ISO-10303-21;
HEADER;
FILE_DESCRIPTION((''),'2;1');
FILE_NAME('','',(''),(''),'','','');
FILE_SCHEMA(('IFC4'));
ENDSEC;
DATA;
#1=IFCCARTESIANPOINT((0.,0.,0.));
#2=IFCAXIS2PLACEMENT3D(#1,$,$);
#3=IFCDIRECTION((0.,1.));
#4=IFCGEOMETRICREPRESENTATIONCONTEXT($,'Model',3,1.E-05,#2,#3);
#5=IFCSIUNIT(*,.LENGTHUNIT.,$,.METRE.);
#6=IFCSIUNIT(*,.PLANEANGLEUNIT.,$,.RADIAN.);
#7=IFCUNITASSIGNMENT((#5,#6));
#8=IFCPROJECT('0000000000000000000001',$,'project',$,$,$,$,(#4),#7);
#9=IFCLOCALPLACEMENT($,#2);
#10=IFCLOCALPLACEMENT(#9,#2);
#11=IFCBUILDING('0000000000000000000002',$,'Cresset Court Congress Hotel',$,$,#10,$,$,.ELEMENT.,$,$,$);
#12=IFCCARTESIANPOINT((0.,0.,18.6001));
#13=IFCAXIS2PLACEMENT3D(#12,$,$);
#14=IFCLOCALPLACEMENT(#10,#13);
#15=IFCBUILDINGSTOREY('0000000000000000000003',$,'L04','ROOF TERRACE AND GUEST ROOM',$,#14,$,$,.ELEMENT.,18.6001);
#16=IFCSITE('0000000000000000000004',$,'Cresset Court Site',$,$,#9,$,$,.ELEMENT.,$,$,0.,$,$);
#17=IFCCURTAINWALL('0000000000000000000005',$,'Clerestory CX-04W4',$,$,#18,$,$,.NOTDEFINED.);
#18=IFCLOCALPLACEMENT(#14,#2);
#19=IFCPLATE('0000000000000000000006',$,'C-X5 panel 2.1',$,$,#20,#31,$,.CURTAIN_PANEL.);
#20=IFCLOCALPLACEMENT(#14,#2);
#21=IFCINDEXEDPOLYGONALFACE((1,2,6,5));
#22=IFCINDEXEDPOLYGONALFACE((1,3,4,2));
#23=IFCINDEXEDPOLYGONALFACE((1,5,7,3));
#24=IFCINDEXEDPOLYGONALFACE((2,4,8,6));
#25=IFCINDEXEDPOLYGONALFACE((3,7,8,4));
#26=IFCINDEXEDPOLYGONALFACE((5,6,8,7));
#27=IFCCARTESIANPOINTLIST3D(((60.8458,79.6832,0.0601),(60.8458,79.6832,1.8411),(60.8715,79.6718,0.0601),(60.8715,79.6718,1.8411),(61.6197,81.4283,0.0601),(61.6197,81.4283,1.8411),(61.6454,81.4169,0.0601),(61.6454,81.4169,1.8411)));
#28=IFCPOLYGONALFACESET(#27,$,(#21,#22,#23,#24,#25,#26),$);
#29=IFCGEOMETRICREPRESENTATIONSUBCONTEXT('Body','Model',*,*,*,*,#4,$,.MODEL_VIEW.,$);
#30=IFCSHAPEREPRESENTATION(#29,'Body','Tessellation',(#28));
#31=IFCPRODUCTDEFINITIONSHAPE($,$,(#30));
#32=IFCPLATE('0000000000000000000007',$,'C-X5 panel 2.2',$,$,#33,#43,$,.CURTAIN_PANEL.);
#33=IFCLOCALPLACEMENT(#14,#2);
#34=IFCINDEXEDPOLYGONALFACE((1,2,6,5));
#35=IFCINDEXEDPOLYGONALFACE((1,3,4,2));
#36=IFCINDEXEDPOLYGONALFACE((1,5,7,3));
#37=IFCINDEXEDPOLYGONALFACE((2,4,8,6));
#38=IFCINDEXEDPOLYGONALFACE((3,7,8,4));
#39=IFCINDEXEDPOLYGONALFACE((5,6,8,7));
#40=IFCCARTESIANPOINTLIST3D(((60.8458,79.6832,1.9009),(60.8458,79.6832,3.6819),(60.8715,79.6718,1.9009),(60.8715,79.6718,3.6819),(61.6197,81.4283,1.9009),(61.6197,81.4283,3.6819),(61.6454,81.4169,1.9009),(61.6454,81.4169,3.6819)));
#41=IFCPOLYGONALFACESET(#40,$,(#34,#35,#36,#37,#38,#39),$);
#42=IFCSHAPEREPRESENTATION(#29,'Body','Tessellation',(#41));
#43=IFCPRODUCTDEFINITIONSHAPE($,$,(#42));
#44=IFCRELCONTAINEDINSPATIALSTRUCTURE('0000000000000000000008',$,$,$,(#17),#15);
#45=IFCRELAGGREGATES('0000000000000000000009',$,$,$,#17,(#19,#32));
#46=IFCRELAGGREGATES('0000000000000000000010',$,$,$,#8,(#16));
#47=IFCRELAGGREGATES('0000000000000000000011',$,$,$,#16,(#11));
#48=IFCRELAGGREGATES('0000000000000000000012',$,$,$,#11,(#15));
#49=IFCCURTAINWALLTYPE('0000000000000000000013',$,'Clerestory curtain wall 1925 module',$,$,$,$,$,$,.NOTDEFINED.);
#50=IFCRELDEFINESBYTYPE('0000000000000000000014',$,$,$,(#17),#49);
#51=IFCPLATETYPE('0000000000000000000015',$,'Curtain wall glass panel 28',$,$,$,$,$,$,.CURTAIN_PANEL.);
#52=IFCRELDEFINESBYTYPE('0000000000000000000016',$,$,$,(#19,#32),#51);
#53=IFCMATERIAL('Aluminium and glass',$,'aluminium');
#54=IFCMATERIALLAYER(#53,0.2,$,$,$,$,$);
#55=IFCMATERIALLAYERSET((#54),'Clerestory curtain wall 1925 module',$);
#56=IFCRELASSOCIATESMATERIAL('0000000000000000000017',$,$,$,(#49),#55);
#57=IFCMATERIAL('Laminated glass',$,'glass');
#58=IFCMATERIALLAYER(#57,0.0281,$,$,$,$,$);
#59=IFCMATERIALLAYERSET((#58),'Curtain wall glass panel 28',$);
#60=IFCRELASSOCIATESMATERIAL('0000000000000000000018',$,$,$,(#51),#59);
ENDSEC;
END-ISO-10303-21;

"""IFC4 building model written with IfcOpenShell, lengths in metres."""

from ifc_helpers import new_model, si_unit, direction, frame, origin, origin_2d, place, context, subcontext, project, spatial, rectangle, extrude, material, layer, layer_set, type_object, element, aggregate, save


model = new_model("IFC4")

# Units and contexts
model_context = context("Model", 3, precision=1e-05, world=origin(), true_north=direction((0.0, 1.0)))
body_context = subcontext(model_context, "Body", "Model", "MODEL_VIEW")
ifc_project = project(units=[si_unit("LENGTHUNIT", "METRE"), si_unit("PLANEANGLEUNIT", "RADIAN")], contexts=[model_context])

# Site, building, storey
site_placement = place(None, origin())
site = spatial("IfcSite", under=ifc_project, at=site_placement, Name="Cresset Court Site", CompositionType="ELEMENT", RefElevation=0.0)
building_placement = place(site_placement, origin())
building = spatial("IfcBuilding", under=site, at=building_placement, Name="Cresset Court Congress Hotel", CompositionType="ELEMENT")
storey_placement = place(building_placement, frame((0.0, 0.0, 18.6001)))
storey = spatial("IfcBuildingStorey", under=building, at=storey_placement, Name="L04", Description="ROOF TERRACE AND GUEST ROOM", CompositionType="ELEMENT", Elevation=18.6001)

# Shared definitions
ifc_material_1 = material(Name="Aluminium and glass", Category="aluminium")
ifc_layer_1 = layer(ifc_material_1, 0.2)
ifc_layer_set_1 = layer_set([ifc_layer_1], Name="Clerestory curtain wall 1925 module")
curtain_wall_type = type_object("IfcCurtainWallType", Name="Clerestory curtain wall 1925 module", PredefinedType="NOTDEFINED", material=ifc_layer_set_1)

# Curtain wall
curtain_wall_1_placement = place(storey_placement, origin())
curtain_wall_1 = element("IfcCurtainWall", 1, at=curtain_wall_1_placement, inside=storey, type_object=curtain_wall_type, Name="Clerestory CX-04W4", PredefinedType="NOTDEFINED")

# Plates
ifc_material_2 = material(Name="Laminated glass", Category="glass")
ifc_layer_2 = layer(ifc_material_2, 0.0281)
ifc_layer_set_2 = layer_set([ifc_layer_2], Name="Curtain wall glass panel 28")
plate_type = type_object("IfcPlateType", Name="Curtain wall glass panel 28", PredefinedType="CURTAIN_PANEL", material=ifc_layer_set_2)
plate_1_placement = place(storey_placement, frame((61.2456, 80.55, 0.0601), z_axis=(0.0, 0.0, 1.0), x_axis=(-0.405381, -0.914148, 0.0)))
plate_1 = element("IfcPlate", 2, at=plate_1_placement, type_object=plate_type, Name="C-X5 panel 2.1", PredefinedType="CURTAIN_PANEL", context=body_context, shape_type="SweptSolid", body=[
    extrude(rectangle(XDim=1.9089, YDim=0.0281, at=origin_2d()), origin(), (0.0, 0.0, 1.0), 1.781),
])
plate_2_placement = place(storey_placement, frame((61.2456, 80.55, 1.9009), z_axis=(0.0, 0.0, 1.0), x_axis=(-0.405381, -0.914148, 0.0)))
plate_2 = element("IfcPlate", 3, at=plate_2_placement, type_object=plate_type, Name="C-X5 panel 2.2", PredefinedType="CURTAIN_PANEL", context=body_context, shape_type="SweptSolid", body=[
    extrude(rectangle(XDim=1.9089, YDim=0.0281, at=origin_2d()), origin(), (0.0, 0.0, 1.0), 1.781),
])
aggregate(curtain_wall_1, [plate_1, plate_2])

save(model, "model.ifc")
